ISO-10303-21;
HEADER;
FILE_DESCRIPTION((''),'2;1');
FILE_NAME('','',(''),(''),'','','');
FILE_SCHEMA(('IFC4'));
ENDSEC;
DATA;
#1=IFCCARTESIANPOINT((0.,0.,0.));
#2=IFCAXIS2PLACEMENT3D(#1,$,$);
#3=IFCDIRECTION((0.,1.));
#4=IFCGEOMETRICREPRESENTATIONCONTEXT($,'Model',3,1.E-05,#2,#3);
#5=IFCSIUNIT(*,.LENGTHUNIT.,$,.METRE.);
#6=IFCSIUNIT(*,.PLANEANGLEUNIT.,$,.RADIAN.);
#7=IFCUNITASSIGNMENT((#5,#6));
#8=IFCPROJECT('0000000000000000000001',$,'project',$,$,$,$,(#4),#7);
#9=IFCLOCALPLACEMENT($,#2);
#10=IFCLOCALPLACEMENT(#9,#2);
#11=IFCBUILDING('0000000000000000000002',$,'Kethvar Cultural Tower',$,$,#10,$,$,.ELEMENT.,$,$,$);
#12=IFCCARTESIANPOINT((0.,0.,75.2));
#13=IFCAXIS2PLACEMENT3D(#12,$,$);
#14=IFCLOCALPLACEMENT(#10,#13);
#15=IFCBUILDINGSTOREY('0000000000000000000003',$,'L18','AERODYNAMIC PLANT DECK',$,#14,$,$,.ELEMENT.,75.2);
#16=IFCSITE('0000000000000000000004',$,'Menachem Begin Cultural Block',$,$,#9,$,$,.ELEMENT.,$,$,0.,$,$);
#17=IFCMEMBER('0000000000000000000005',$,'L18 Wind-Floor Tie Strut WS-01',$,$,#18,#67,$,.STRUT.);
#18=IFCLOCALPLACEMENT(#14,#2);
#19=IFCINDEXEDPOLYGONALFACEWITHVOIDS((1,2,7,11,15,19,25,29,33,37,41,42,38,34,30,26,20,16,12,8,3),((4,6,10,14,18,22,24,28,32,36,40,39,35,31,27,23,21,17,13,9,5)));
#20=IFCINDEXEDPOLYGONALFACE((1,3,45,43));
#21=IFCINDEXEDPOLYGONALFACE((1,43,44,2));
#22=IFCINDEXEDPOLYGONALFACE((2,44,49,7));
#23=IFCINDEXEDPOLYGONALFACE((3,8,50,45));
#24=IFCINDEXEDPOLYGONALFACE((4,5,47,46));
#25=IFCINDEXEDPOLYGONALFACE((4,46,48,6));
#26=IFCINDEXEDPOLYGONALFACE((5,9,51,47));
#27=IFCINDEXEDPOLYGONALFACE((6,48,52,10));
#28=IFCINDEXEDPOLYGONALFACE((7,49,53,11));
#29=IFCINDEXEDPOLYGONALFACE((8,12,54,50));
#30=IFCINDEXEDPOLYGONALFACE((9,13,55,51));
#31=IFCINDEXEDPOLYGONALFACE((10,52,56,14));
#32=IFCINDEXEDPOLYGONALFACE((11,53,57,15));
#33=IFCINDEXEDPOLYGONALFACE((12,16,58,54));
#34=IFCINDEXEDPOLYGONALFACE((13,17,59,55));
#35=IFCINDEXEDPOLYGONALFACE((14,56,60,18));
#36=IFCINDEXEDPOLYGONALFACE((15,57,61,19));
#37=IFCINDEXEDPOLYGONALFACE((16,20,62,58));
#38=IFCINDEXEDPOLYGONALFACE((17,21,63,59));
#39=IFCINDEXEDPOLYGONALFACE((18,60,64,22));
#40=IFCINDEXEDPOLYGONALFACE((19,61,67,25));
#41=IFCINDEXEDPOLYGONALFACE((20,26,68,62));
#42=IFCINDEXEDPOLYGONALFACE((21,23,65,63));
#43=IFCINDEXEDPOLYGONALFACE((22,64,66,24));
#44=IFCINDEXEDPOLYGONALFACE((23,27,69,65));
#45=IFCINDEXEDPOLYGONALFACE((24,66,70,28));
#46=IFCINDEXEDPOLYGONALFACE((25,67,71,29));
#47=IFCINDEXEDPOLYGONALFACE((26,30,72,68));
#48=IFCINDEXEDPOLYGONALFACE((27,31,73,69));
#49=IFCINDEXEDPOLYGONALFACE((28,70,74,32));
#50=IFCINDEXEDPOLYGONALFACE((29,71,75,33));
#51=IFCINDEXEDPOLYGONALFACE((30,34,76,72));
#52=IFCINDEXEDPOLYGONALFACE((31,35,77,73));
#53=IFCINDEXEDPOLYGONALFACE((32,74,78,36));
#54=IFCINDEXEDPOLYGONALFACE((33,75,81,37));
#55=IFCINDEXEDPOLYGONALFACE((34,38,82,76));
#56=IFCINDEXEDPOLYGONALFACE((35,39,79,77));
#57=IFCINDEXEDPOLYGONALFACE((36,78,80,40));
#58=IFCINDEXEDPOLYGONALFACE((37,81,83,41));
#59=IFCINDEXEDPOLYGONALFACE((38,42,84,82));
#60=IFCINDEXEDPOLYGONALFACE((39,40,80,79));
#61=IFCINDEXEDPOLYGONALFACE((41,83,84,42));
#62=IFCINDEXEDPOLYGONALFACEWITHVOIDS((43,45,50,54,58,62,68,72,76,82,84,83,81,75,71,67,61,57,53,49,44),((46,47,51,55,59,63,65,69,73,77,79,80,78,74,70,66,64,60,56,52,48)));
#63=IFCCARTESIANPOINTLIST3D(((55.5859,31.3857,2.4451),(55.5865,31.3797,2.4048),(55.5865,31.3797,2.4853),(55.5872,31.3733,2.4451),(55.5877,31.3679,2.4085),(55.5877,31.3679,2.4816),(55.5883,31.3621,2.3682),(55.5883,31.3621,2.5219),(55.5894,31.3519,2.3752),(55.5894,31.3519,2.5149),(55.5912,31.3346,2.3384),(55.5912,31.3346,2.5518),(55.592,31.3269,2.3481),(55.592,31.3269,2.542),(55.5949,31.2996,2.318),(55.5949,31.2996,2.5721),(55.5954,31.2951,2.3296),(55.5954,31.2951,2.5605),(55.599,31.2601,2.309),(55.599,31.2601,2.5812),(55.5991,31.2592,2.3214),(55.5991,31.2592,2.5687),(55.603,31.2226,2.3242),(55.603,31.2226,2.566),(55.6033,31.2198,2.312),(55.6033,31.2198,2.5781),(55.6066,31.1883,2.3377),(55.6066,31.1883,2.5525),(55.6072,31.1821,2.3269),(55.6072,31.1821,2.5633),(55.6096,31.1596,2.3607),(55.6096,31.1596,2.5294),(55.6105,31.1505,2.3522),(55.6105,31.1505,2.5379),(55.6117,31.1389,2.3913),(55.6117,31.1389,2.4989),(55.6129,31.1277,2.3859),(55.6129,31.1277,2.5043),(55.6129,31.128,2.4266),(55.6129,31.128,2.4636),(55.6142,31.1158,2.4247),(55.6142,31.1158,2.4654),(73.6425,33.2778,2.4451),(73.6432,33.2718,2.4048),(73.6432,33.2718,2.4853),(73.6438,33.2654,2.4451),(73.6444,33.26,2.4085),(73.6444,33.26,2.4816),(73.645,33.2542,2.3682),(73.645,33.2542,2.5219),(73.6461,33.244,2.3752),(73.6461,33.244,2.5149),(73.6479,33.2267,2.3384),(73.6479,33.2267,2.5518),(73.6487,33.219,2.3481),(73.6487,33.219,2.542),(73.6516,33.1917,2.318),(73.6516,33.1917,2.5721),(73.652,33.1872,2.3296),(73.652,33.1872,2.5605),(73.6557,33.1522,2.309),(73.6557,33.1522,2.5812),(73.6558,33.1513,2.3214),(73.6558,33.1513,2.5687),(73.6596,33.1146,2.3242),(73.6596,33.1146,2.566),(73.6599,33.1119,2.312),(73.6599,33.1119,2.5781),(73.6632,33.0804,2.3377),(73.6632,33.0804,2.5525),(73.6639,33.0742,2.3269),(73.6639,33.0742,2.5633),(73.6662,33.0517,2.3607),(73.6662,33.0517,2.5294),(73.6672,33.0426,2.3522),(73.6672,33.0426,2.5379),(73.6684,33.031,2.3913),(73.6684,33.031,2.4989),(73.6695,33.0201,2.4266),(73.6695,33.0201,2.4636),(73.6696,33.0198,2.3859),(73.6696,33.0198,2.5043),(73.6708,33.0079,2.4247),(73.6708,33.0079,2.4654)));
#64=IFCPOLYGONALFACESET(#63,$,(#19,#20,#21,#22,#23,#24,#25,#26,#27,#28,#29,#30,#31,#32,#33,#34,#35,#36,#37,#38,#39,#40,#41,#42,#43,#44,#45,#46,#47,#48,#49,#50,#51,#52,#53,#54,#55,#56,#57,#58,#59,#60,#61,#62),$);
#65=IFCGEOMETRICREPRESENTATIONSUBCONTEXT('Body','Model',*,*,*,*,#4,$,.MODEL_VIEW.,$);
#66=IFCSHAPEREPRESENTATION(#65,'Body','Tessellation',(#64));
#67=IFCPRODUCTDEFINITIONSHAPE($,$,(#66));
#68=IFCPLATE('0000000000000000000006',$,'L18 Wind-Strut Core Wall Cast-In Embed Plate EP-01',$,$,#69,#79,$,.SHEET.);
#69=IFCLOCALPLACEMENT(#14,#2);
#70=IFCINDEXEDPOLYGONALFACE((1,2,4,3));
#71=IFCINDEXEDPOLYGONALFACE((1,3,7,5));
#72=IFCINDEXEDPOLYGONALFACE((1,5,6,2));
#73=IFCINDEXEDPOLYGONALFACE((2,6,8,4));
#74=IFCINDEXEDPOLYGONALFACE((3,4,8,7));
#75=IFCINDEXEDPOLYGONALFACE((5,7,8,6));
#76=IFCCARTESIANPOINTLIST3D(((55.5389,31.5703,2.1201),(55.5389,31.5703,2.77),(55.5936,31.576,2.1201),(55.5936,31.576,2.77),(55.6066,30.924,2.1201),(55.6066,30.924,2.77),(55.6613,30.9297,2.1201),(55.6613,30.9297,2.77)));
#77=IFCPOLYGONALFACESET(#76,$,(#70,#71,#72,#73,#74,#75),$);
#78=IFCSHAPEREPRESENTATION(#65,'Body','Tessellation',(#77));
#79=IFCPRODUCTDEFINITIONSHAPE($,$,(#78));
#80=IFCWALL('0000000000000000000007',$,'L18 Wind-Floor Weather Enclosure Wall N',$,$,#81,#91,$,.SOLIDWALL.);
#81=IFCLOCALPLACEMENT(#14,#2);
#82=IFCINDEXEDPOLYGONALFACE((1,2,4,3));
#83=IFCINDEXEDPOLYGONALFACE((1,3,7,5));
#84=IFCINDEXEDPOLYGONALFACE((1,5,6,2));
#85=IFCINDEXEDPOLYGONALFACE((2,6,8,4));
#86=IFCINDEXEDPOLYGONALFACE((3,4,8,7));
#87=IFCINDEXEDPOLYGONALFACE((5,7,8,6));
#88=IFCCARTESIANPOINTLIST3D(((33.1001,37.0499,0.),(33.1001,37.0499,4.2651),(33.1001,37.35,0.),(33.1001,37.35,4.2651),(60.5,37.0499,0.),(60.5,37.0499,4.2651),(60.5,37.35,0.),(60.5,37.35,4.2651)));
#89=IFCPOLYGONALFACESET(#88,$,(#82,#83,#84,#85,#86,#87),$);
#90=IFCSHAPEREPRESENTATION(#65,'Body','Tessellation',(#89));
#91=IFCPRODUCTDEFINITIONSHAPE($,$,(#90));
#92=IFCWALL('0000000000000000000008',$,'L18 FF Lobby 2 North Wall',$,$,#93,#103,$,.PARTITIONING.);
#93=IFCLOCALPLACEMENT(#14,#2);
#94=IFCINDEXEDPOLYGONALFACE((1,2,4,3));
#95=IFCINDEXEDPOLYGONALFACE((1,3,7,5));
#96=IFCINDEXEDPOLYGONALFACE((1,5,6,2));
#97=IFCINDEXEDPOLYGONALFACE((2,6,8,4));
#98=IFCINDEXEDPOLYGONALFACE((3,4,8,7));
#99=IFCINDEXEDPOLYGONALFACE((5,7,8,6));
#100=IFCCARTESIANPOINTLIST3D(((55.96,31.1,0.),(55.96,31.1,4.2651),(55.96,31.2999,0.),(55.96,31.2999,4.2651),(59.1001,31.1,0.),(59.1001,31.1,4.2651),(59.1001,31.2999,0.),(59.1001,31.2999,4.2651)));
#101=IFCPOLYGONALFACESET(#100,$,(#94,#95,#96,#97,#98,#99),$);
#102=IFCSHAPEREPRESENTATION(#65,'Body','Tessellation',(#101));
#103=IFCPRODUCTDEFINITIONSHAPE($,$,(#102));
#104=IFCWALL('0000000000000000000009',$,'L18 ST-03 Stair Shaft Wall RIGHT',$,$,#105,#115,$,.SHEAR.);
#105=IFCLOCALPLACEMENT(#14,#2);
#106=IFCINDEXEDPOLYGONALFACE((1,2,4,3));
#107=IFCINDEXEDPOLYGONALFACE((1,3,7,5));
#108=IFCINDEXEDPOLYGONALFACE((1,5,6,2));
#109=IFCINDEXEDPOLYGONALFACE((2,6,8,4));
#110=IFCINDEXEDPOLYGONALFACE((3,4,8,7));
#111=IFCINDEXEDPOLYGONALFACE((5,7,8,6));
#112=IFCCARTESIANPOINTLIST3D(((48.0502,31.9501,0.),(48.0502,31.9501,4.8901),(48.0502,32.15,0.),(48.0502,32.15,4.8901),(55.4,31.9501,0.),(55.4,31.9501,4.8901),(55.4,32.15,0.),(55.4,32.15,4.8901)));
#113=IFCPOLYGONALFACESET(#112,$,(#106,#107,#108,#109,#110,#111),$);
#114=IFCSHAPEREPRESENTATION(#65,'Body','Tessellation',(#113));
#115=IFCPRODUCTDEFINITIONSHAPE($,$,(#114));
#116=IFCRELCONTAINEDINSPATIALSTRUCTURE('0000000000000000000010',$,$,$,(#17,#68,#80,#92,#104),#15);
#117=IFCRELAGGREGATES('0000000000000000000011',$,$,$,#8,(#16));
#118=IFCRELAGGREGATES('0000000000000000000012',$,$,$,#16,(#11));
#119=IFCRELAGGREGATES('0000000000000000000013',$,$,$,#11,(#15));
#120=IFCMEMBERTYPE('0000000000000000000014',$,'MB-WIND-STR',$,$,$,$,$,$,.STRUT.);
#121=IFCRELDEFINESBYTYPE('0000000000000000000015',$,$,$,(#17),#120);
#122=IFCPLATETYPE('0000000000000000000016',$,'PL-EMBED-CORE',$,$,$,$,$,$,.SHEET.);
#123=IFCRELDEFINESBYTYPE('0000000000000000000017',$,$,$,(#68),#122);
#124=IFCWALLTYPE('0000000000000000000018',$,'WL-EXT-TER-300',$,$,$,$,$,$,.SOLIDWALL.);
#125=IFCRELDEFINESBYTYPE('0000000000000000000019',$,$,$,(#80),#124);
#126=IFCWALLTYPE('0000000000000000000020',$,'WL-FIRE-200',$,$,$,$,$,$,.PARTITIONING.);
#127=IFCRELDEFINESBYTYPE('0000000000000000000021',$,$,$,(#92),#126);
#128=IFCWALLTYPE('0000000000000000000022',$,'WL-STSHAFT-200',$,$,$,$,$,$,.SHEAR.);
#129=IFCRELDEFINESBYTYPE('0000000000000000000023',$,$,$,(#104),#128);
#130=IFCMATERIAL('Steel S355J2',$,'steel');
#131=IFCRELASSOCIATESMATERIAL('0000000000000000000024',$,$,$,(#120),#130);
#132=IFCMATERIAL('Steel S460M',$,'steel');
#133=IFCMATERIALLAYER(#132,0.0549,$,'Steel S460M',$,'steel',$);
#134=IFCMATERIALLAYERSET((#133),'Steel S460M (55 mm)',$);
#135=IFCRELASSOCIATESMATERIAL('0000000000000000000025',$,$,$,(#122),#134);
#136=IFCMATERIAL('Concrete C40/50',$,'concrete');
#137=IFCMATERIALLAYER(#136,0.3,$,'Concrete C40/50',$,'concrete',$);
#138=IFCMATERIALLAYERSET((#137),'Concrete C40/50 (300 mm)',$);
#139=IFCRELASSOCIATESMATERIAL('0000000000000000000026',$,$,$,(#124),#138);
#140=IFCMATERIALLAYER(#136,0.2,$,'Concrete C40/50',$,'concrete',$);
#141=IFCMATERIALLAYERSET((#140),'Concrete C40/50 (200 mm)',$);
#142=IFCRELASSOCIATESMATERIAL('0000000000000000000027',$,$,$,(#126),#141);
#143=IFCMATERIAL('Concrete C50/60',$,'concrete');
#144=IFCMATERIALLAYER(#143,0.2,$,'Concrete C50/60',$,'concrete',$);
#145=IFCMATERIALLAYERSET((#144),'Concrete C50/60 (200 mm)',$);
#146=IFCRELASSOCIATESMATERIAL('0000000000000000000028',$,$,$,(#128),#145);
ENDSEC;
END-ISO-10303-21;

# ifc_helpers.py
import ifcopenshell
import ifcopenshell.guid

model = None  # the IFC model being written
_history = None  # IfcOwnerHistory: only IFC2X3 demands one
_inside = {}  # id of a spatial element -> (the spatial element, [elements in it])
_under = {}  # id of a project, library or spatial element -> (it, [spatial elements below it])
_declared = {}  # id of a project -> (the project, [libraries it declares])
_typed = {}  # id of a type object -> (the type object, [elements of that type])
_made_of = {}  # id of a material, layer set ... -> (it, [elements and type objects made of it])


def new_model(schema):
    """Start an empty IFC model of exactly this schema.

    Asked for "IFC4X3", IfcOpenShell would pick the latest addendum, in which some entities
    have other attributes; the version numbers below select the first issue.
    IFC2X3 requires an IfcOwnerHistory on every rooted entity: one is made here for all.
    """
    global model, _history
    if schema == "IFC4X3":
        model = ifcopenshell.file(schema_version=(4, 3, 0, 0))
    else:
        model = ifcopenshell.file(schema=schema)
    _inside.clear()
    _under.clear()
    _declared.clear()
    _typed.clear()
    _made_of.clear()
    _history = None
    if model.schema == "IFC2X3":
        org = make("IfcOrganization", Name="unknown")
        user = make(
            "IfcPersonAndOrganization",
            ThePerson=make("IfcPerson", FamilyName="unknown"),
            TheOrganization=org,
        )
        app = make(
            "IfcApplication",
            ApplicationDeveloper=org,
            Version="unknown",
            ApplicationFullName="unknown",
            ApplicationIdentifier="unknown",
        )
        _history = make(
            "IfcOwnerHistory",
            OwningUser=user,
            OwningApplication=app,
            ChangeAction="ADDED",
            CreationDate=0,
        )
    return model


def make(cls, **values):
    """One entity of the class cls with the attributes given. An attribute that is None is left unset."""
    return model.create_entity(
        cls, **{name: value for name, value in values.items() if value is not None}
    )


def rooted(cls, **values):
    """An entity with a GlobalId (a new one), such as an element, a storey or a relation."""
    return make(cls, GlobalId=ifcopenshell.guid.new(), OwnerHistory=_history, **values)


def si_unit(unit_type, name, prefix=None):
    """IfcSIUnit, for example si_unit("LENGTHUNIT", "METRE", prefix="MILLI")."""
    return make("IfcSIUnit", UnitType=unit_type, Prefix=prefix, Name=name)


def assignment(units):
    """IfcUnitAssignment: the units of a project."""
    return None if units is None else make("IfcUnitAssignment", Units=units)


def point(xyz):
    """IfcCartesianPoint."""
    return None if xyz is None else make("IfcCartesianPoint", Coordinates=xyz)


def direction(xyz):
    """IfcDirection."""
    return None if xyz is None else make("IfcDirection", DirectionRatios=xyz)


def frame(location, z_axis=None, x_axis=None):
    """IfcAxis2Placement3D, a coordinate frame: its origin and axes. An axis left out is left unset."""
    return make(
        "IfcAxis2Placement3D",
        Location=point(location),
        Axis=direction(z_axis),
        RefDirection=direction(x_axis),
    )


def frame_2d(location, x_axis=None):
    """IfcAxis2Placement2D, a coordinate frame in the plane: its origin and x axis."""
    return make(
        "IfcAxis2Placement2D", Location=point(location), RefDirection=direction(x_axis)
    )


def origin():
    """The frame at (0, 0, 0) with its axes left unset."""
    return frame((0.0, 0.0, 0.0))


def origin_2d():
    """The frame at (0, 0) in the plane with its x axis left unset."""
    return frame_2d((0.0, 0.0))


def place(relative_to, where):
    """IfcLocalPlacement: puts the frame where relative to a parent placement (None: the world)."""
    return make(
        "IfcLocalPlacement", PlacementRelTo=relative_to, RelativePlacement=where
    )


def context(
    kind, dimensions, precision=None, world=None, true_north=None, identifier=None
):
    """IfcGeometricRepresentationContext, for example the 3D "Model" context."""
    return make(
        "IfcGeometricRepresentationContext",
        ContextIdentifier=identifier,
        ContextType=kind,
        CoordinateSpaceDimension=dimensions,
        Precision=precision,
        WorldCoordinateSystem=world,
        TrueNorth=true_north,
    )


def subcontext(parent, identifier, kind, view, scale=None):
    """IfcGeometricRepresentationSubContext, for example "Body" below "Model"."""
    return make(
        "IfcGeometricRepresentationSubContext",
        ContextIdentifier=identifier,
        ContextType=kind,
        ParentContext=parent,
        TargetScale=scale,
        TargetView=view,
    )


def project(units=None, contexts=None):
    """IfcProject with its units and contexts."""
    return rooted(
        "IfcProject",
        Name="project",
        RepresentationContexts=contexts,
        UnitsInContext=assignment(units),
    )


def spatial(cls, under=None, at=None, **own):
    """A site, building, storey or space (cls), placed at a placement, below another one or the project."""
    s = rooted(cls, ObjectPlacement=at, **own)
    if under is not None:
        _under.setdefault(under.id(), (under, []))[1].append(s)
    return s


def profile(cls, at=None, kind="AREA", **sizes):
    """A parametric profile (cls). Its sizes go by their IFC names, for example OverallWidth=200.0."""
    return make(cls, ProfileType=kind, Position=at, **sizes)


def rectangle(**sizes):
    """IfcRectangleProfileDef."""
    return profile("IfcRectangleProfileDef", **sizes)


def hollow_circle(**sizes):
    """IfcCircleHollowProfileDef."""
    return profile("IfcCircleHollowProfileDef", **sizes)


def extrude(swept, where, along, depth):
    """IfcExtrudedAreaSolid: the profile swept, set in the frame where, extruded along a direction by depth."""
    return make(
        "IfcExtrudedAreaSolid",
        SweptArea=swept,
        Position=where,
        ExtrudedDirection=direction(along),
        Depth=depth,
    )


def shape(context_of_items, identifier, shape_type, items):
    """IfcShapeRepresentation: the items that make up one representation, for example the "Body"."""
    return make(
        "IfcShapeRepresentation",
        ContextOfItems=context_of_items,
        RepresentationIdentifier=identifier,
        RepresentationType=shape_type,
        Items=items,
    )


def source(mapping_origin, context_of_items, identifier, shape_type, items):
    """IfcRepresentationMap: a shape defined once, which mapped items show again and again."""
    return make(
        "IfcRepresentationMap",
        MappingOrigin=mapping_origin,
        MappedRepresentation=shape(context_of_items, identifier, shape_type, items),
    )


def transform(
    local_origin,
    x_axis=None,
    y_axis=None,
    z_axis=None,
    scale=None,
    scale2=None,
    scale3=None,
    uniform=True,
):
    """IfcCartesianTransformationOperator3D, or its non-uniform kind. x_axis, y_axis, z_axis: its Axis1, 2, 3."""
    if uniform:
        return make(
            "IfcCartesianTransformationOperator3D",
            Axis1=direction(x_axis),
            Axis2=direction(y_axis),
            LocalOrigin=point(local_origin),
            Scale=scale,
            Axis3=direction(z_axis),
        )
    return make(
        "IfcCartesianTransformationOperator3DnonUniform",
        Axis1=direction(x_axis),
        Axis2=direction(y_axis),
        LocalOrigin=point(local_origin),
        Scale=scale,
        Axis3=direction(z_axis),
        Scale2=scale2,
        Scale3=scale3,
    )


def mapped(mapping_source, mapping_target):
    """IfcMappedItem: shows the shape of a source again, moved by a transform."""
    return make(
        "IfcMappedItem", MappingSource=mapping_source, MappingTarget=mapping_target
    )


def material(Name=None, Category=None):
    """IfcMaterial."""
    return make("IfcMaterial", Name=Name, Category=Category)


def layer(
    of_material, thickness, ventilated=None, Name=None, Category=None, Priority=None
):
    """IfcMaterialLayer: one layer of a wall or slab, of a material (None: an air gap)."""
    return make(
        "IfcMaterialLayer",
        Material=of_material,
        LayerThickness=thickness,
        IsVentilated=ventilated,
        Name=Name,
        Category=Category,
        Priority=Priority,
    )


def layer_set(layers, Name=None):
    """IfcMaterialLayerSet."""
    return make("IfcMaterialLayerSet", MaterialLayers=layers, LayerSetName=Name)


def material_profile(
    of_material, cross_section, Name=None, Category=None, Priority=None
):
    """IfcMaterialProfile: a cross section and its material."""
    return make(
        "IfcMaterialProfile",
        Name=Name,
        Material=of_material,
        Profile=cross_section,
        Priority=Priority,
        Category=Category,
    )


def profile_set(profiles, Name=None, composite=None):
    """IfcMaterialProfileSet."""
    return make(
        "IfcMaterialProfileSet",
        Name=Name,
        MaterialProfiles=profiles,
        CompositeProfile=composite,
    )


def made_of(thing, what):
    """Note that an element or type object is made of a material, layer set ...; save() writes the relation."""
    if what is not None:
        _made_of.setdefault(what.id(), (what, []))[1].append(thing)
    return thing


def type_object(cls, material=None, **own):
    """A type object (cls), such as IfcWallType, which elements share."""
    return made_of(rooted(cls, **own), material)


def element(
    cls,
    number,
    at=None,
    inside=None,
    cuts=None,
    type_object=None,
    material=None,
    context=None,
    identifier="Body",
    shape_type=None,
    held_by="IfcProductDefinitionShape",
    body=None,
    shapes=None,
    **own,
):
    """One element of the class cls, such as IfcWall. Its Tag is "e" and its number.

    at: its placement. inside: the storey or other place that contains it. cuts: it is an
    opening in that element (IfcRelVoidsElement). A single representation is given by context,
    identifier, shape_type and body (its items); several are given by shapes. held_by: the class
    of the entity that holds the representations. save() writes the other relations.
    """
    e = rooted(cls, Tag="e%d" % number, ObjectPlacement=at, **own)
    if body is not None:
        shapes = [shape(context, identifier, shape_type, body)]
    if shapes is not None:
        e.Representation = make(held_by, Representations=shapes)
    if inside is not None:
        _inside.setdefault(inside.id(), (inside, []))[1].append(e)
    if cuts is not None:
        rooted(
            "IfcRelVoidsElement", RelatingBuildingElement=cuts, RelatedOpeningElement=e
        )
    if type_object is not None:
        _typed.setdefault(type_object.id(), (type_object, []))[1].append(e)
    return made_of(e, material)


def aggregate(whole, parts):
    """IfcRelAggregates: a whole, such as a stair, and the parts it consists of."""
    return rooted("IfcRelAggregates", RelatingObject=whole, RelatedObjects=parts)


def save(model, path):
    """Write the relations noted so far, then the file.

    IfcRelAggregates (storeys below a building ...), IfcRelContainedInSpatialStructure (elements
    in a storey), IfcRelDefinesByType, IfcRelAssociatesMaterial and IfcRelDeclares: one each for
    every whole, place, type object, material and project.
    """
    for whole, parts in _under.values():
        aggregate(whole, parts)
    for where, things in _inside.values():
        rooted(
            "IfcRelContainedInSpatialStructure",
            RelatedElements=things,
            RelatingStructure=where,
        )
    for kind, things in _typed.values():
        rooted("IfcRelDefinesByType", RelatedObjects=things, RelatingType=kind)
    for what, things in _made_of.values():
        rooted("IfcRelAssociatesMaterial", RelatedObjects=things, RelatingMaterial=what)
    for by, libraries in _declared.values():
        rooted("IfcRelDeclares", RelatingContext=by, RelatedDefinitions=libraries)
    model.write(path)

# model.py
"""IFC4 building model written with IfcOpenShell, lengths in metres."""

from ifc_helpers import new_model, si_unit, direction, frame, frame_2d, origin, origin_2d, place, context, subcontext, project, spatial, rectangle, hollow_circle, extrude, source, transform, mapped, material, layer, layer_set, material_profile, profile_set, type_object, element, save


model = new_model("IFC4")

# Units and contexts
model_context = context("Model", 3, precision=1e-05, world=origin(), true_north=direction((0.0, 1.0)))
body_context = subcontext(model_context, "Body", "Model", "MODEL_VIEW")
ifc_project = project(units=[si_unit("LENGTHUNIT", "METRE"), si_unit("PLANEANGLEUNIT", "RADIAN")], contexts=[model_context])

# Site, building, storey
site_placement = place(None, origin())
site = spatial("IfcSite", under=ifc_project, at=site_placement, Name="Menachem Begin Cultural Block", CompositionType="ELEMENT", RefElevation=0.0)
building_placement = place(site_placement, origin())
building = spatial("IfcBuilding", under=site, at=building_placement, Name="Kethvar Cultural Tower", CompositionType="ELEMENT")
storey_placement = place(building_placement, frame((0.0, 0.0, 75.2)))
storey = spatial("IfcBuildingStorey", under=building, at=storey_placement, Name="L18", Description="AERODYNAMIC PLANT DECK", CompositionType="ELEMENT", Elevation=75.2)

# Shared definitions
ifc_material_1 = material(Name="Steel S460M", Category="steel")

# Shared definitions
ifc_material_2 = material(Name="Steel S355J2", Category="steel")

# Member
ifc_material_profile_1 = material_profile(ifc_material_2, hollow_circle(Radius=0.1365, WallThickness=0.0125, at=origin_2d()), Name="Steel S355J2 — CHS273x12.5")
ifc_profile_set_1 = profile_set([ifc_material_profile_1], Name="Steel S355J2 — CHS273x12.5")
member_type = type_object("IfcMemberType", Name="MB-WIND-STR", PredefinedType="STRUT", material=ifc_profile_set_1)
shared_shape_1 = source(origin(), body_context, "Body", "SweptSolid", [
    extrude(hollow_circle(Radius=0.1365, WallThickness=0.0125, at=origin_2d()), origin(), (0.0, 0.0, 1.0), 18.1555),
])
member_placement = place(storey_placement, frame((55.6001, 31.25, 2.4451), z_axis=(0.994555, 0.104216, 0.0), x_axis=(-0.104216, 0.994555, 0.0)))
element("IfcMember", 1, at=member_placement, inside=storey, type_object=member_type, Name="L18 Wind-Floor Tie Strut WS-01", PredefinedType="STRUT", context=body_context, shape_type="MappedRepresentation", body=[
    mapped(shared_shape_1, transform((0.0, 0.0, 0.0), scale=1.0)),
])

# Plate
ifc_layer_1 = layer(ifc_material_1, 0.0549, Name="Steel S460M", Category="steel")
ifc_layer_set_1 = layer_set([ifc_layer_1], Name="Steel S460M (55 mm)")
plate_type = type_object("IfcPlateType", Name="PL-EMBED-CORE", PredefinedType="SHEET", material=ifc_layer_set_1)
shared_shape_2 = source(origin(), body_context, "Body", "SweptSolid", [
    extrude(rectangle(XDim=0.0549, YDim=0.6499, at=origin_2d()), origin(), (0.0, 0.0, 1.0), 0.6499),
])
plate_placement = place(storey_placement, frame((55.6001, 31.25, 2.1201), z_axis=(0.0, 0.0, 1.0), x_axis=(0.994558, 0.104181, 0.0)))
element("IfcPlate", 2, at=plate_placement, inside=storey, type_object=plate_type, Name="L18 Wind-Strut Core Wall Cast-In Embed Plate EP-01", PredefinedType="SHEET", context=body_context, shape_type="MappedRepresentation", body=[
    mapped(shared_shape_2, transform((0.0, 0.0, 0.0), scale=1.0)),
])

# Walls
ifc_material_3 = material(Name="Concrete C40/50", Category="concrete")
ifc_layer_2 = layer(ifc_material_3, 0.3, Name="Concrete C40/50", Category="concrete")
ifc_layer_set_2 = layer_set([ifc_layer_2], Name="Concrete C40/50 (300 mm)")
wall_type_1 = type_object("IfcWallType", Name="WL-EXT-TER-300", PredefinedType="SOLIDWALL", material=ifc_layer_set_2)
wall_1_placement = place(storey_placement, frame((60.5, 37.2, 0.0), z_axis=(0.0, 0.0, 1.0), x_axis=(-1.0, 0.0, 0.0)))
element("IfcWall", 3, at=wall_1_placement, inside=storey, type_object=wall_type_1, Name="L18 Wind-Floor Weather Enclosure Wall N", PredefinedType="SOLIDWALL", context=body_context, shape_type="SweptSolid", body=[
    extrude(rectangle(XDim=27.3999, YDim=0.3, at=frame_2d((13.7, 0.0))), origin(), (0.0, 0.0, 1.0), 4.2651),
])
ifc_layer_3 = layer(ifc_material_3, 0.2, Name="Concrete C40/50", Category="concrete")
ifc_layer_set_3 = layer_set([ifc_layer_3], Name="Concrete C40/50 (200 mm)")
wall_type_2 = type_object("IfcWallType", Name="WL-FIRE-200", PredefinedType="PARTITIONING", material=ifc_layer_set_3)
wall_2_placement = place(storey_placement, frame((55.96, 31.2, 0.0), z_axis=(0.0, 0.0, 1.0), x_axis=(1.0, 0.0, 0.0)))
element("IfcWall", 4, at=wall_2_placement, inside=storey, type_object=wall_type_2, Name="L18 FF Lobby 2 North Wall", PredefinedType="PARTITIONING", context=body_context, shape_type="SweptSolid", body=[
    extrude(rectangle(XDim=3.1401, YDim=0.2, at=frame_2d((1.5701, 0.0))), origin(), (0.0, 0.0, 1.0), 4.2651),
])
ifc_material_4 = material(Name="Concrete C50/60", Category="concrete")
ifc_layer_4 = layer(ifc_material_4, 0.2, Name="Concrete C50/60", Category="concrete")
ifc_layer_set_4 = layer_set([ifc_layer_4], Name="Concrete C50/60 (200 mm)")
wall_type_3 = type_object("IfcWallType", Name="WL-STSHAFT-200", PredefinedType="SHEAR", material=ifc_layer_set_4)
wall_3_placement = place(storey_placement, frame((55.3999, 32.05, 0.0), z_axis=(0.0, 0.0, 1.0), x_axis=(-1.0, 0.0, 0.0)))
element("IfcWall", 5, at=wall_3_placement, inside=storey, type_object=wall_type_3, Name="L18 ST-03 Stair Shaft Wall RIGHT", PredefinedType="SHEAR", context=body_context, shape_type="SweptSolid", body=[
    extrude(rectangle(XDim=7.3499, YDim=0.2, at=frame_2d((3.6748, 0.0))), origin(), (0.0, 0.0, 1.0), 4.8901),
])

save(model, "model.ifc")
